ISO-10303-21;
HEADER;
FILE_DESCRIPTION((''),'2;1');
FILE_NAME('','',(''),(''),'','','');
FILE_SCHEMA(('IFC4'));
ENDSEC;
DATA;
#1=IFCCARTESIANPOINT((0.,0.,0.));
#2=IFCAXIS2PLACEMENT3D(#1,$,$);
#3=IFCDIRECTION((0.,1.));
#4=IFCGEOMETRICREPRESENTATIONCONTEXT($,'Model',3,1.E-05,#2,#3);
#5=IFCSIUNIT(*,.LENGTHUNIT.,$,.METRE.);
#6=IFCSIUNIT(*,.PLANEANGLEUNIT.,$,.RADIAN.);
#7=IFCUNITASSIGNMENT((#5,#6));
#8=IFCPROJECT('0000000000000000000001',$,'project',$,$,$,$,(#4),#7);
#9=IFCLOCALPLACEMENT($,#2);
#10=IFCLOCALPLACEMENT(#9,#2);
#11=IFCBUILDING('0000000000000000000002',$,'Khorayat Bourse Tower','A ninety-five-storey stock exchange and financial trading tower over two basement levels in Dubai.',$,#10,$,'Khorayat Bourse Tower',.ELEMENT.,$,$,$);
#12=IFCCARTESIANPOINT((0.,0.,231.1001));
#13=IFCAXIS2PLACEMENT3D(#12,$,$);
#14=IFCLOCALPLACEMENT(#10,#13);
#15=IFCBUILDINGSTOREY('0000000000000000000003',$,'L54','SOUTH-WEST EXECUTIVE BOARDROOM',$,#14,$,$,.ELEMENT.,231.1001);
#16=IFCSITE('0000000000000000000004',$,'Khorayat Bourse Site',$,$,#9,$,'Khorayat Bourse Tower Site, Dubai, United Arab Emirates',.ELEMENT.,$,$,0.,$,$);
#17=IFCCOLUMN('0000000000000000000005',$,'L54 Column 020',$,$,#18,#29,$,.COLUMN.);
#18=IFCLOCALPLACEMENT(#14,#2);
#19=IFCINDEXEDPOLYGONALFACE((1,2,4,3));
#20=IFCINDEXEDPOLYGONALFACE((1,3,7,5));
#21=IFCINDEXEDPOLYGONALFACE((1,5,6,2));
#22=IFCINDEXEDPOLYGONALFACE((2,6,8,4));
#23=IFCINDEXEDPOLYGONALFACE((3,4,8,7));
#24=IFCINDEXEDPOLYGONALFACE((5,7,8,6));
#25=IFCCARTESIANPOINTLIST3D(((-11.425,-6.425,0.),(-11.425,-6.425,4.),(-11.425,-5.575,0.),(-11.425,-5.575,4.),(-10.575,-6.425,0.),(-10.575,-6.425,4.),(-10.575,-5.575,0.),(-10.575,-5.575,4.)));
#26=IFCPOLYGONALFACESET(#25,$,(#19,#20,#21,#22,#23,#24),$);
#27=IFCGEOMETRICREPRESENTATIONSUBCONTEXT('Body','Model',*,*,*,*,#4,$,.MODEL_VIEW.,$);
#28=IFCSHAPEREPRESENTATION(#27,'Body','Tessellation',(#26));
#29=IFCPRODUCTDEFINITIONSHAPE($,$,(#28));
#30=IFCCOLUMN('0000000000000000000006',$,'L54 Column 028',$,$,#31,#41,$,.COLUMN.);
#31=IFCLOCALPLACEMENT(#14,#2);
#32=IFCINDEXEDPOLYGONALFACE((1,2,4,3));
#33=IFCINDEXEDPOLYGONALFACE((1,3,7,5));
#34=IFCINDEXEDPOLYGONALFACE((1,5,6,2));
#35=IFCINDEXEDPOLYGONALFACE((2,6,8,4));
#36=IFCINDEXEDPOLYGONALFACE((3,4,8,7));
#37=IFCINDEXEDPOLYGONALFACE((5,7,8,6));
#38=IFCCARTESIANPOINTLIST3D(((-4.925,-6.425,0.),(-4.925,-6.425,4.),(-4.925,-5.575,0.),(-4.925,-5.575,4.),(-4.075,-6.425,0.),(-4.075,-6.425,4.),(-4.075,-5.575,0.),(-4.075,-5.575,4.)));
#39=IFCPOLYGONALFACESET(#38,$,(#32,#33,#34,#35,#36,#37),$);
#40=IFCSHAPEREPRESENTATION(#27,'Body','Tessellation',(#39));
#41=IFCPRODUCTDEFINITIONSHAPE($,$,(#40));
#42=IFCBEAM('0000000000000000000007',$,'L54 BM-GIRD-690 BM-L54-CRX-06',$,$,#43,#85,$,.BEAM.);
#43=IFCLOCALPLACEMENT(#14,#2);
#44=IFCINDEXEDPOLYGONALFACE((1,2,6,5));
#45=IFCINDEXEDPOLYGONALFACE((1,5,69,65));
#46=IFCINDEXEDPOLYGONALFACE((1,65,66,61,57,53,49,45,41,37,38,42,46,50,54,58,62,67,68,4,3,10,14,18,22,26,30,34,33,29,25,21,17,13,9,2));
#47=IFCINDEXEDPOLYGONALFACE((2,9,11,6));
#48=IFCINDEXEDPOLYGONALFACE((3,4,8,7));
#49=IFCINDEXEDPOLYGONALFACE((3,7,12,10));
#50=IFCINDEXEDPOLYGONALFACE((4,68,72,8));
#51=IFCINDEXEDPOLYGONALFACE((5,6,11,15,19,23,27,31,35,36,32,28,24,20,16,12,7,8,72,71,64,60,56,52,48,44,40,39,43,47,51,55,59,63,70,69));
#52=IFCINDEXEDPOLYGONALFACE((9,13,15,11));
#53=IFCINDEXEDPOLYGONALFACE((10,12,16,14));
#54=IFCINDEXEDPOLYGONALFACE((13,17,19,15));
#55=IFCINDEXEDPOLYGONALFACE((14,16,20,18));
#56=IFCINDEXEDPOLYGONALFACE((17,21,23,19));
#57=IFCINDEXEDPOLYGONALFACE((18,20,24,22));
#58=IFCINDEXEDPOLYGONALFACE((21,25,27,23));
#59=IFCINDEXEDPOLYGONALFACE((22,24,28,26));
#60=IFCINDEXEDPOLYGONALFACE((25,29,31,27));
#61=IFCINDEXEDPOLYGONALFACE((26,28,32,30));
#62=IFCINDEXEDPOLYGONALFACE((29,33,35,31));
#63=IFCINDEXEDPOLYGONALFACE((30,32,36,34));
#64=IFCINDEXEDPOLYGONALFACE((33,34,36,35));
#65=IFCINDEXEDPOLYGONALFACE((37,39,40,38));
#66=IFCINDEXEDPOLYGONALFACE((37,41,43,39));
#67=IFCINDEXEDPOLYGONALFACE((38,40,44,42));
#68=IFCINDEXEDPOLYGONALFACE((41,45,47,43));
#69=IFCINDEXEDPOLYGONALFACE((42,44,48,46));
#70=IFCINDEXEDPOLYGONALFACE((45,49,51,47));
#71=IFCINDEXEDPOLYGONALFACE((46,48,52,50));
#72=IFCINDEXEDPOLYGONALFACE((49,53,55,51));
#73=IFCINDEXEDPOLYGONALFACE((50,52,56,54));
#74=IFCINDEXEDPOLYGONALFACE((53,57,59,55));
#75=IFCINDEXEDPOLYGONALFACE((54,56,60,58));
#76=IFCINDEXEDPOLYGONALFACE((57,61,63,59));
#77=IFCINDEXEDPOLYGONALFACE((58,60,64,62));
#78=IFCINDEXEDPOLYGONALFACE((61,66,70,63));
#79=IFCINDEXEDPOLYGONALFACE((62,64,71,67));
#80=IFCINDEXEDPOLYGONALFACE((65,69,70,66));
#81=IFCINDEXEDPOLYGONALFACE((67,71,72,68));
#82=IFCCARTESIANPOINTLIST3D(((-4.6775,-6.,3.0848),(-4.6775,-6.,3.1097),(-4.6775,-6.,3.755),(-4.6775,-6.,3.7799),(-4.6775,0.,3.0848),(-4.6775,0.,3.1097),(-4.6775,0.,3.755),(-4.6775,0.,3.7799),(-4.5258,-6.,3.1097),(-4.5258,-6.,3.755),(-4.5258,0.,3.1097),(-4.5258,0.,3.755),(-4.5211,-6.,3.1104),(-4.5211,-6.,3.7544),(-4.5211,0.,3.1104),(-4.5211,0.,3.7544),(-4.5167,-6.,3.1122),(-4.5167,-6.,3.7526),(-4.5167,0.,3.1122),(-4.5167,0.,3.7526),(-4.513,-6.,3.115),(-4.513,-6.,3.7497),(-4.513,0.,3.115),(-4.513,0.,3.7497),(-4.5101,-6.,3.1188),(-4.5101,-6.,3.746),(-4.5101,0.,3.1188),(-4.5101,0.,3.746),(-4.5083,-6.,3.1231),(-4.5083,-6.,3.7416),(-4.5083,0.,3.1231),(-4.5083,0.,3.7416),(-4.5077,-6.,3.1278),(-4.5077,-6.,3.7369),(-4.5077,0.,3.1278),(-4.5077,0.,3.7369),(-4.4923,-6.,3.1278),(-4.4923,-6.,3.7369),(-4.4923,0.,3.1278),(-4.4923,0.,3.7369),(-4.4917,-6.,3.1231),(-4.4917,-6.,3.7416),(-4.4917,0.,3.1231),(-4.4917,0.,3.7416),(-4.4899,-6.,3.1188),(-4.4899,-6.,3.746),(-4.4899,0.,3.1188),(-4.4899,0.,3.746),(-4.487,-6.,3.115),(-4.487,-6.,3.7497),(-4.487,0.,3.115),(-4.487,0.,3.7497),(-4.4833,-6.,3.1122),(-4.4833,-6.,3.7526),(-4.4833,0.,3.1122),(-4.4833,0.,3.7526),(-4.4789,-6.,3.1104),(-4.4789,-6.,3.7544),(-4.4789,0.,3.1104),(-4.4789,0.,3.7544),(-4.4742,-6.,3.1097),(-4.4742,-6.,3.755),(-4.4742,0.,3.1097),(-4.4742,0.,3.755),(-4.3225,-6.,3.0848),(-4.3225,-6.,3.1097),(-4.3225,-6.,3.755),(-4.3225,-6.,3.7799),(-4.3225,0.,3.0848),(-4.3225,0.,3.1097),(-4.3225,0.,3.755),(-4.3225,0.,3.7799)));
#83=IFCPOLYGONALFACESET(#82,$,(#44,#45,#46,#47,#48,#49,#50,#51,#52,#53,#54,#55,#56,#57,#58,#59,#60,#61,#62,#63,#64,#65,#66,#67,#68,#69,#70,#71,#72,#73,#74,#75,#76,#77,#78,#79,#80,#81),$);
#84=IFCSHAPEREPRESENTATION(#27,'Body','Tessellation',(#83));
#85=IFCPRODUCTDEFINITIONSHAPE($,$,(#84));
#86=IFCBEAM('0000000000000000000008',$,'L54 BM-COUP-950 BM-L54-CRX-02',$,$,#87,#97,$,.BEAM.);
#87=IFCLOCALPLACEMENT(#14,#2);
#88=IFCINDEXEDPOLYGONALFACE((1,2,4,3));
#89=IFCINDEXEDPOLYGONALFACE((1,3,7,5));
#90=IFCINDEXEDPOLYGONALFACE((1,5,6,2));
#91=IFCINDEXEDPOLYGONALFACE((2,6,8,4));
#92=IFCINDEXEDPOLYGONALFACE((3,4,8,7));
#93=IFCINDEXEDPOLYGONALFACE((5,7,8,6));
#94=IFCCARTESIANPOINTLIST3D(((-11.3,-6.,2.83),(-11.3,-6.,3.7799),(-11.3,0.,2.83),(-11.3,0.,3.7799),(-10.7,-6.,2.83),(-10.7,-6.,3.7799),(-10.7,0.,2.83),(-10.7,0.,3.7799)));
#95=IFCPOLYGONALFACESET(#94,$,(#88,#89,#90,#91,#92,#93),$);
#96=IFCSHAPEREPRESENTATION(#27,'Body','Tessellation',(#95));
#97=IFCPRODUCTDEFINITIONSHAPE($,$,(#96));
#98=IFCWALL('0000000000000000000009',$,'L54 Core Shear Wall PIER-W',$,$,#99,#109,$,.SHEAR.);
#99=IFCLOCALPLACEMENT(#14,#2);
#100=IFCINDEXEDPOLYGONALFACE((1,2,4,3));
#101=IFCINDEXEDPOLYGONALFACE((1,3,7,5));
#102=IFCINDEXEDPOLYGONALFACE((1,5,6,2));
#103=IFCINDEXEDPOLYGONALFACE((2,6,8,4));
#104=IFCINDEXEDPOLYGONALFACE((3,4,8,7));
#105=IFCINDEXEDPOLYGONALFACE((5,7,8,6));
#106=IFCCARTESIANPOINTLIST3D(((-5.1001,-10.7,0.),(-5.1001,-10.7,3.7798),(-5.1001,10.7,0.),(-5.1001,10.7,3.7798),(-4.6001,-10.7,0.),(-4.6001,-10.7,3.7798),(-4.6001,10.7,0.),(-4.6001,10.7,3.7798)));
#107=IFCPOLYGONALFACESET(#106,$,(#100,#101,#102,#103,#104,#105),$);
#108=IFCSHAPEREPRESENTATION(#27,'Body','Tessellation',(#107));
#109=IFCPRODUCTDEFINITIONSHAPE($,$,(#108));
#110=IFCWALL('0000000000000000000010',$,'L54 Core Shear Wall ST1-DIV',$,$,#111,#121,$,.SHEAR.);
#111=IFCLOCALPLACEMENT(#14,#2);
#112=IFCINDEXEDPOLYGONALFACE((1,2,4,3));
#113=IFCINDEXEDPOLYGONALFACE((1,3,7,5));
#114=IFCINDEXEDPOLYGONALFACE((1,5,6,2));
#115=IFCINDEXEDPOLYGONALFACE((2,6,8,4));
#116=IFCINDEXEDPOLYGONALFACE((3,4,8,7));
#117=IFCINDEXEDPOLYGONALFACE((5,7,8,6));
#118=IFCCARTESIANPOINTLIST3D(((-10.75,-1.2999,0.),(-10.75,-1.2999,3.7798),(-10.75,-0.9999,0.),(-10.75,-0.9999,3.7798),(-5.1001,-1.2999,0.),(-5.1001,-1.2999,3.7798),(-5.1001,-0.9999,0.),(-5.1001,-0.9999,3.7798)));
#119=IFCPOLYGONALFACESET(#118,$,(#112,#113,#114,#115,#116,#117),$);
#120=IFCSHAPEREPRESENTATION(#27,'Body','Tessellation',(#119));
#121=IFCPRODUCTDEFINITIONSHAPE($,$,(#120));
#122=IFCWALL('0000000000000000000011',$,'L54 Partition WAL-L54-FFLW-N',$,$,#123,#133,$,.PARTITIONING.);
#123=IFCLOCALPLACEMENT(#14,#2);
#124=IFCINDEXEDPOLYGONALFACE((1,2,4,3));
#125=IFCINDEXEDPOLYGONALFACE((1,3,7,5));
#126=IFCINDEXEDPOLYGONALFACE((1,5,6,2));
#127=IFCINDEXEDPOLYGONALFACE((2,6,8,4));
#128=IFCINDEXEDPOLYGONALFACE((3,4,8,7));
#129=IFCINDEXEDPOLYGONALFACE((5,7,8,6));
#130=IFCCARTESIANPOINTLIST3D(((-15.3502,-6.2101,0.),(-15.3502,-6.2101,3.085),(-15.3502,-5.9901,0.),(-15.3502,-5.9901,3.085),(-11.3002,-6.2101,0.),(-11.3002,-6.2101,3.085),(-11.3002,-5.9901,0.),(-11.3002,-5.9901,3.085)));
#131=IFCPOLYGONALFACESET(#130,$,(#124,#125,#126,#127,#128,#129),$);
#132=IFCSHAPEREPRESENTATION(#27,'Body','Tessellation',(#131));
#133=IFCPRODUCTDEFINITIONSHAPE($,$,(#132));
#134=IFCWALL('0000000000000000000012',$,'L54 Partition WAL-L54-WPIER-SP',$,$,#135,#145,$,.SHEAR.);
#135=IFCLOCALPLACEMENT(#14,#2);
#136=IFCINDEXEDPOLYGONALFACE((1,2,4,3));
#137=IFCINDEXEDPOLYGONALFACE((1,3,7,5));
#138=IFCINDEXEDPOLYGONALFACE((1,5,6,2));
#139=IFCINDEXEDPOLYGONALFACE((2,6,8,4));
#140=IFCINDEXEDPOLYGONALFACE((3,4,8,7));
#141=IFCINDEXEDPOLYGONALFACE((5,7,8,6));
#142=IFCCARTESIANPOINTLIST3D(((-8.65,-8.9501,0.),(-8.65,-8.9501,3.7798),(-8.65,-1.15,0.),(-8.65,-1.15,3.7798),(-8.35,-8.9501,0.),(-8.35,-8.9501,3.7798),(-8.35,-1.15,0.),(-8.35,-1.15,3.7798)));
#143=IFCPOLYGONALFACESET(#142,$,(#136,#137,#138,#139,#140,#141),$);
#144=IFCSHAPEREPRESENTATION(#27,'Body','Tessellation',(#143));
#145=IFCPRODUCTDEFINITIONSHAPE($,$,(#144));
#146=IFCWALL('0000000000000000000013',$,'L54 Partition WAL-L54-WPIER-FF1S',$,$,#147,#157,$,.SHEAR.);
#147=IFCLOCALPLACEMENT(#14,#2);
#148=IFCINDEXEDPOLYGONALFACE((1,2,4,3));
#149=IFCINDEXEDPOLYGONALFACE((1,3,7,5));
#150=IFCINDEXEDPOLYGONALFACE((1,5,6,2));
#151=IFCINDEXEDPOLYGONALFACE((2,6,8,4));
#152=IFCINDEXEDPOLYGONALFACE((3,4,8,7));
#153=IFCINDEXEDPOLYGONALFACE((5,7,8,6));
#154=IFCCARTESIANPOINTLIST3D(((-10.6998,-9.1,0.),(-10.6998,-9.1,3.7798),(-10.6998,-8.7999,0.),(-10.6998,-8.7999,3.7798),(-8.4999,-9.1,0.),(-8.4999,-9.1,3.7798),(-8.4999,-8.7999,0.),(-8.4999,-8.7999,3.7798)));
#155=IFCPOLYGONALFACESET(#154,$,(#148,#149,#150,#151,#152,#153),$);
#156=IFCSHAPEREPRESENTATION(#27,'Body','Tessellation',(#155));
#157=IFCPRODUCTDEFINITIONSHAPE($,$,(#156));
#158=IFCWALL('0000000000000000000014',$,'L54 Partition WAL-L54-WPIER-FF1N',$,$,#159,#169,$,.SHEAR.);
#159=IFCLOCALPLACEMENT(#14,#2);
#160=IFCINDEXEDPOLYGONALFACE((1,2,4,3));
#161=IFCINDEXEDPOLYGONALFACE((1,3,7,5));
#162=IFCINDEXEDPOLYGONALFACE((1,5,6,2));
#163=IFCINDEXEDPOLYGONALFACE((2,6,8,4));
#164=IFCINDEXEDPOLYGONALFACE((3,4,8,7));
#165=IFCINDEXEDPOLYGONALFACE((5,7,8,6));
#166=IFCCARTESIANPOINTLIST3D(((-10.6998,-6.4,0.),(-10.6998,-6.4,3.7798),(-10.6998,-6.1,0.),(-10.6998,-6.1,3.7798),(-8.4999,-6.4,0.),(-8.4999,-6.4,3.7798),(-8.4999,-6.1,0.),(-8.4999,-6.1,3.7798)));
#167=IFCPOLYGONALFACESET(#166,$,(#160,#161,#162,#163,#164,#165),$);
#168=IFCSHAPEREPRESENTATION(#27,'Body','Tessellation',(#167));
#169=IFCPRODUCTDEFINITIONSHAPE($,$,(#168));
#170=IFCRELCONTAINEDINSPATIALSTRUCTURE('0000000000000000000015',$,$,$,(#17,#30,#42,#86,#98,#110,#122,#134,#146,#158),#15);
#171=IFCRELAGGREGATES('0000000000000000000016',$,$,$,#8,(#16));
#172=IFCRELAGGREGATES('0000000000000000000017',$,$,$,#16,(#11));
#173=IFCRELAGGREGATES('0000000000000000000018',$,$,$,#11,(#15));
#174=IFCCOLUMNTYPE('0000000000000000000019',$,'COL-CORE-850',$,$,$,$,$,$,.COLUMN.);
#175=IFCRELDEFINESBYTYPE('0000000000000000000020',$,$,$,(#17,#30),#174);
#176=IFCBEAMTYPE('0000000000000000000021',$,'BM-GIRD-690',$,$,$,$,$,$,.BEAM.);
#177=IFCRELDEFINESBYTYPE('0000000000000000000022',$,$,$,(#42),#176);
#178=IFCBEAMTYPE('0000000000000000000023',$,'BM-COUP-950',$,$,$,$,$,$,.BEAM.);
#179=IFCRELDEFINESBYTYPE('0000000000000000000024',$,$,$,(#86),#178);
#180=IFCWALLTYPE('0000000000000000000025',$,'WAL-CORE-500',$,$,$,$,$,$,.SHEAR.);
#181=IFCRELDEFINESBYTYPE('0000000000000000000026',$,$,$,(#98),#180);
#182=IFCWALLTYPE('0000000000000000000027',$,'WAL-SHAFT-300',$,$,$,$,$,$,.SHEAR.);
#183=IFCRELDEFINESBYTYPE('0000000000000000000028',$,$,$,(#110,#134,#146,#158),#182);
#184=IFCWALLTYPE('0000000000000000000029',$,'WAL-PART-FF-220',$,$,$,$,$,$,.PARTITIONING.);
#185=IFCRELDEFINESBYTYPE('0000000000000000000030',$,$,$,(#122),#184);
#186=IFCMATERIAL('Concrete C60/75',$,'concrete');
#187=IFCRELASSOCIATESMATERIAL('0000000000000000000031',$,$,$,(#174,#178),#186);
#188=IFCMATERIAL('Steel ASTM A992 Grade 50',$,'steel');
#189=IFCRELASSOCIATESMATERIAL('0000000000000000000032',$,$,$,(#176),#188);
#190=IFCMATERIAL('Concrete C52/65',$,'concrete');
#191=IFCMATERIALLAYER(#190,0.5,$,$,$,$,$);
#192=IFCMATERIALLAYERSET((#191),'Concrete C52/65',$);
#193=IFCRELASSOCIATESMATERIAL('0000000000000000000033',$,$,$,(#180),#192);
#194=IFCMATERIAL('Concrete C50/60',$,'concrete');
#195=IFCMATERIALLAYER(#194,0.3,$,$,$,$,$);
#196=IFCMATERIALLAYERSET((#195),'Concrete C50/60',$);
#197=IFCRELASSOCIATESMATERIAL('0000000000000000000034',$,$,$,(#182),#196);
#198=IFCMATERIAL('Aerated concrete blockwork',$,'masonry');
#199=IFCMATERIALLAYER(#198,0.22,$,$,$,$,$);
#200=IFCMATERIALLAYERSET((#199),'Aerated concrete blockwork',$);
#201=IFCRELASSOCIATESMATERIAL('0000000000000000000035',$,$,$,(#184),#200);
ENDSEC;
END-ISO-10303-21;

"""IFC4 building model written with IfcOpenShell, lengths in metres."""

from ifc_helpers import new_model, si_unit, direction, frame, frame_2d, origin, origin_2d, place, context, subcontext, project, spatial, rectangle, i_section, extrude, source, transform, mapped, material, layer, layer_set, material_profile, profile_set, type_object, element, save


model = new_model("IFC4")

# Units and contexts
model_context = context("Model", 3, precision=1e-05, world=origin(), true_north=direction((0.0, 1.0)))
body_context = subcontext(model_context, "Body", "Model", "MODEL_VIEW")
ifc_project = project(units=[si_unit("LENGTHUNIT", "METRE"), si_unit("PLANEANGLEUNIT", "RADIAN")], contexts=[model_context])

# Site, building, storey
site_placement = place(None, origin())
site = spatial("IfcSite", under=ifc_project, at=site_placement, Name="Khorayat Bourse Site", LongName="Khorayat Bourse Tower Site, Dubai, United Arab Emirates", CompositionType="ELEMENT", RefElevation=0.0)
building_placement = place(site_placement, origin())
building = spatial("IfcBuilding", under=site, at=building_placement, Name="Khorayat Bourse Tower", Description="A ninety-five-storey stock exchange and financial trading tower over two basement levels in Dubai.", LongName="Khorayat Bourse Tower", CompositionType="ELEMENT")
storey_placement = place(building_placement, frame((0.0, 0.0, 231.1001)))
storey = spatial("IfcBuildingStorey", under=building, at=storey_placement, Name="L54", Description="SOUTH-WEST EXECUTIVE BOARDROOM", CompositionType="ELEMENT", Elevation=231.1001)

# Columns
ifc_material_1 = material(Name="Concrete C60/75", Category="concrete")
ifc_material_profile_1 = material_profile(ifc_material_1, rectangle(XDim=0.8501, YDim=0.8501, at=origin_2d()), Name="RC 850x850")
ifc_profile_set_1 = profile_set([ifc_material_profile_1], Name="Concrete C60/75")
column_type = type_object("IfcColumnType", Name="COL-CORE-850", PredefinedType="COLUMN", material=ifc_profile_set_1)
shared_shape_1 = source(origin(), body_context, "Body", "SweptSolid", [
    extrude(rectangle(XDim=0.8501, YDim=0.8501, at=origin_2d()), origin(), (0.0, 0.0, 1.0), 4.0),
])
for number, where, z_axis, x_axis, name in (
    (1, (-11.0, -6.0, 0.0), (0.0, 0.0, 1.0), (1.0, 0.0, 0.0), "L54 Column 020"),
    (2, (-4.5, -6.0, 0.0), (0.0, 0.0, 1.0), (1.0, 0.0, 0.0), "L54 Column 028"),
):
    element("IfcColumn", number, at=place(storey_placement, frame(where, z_axis=z_axis, x_axis=x_axis)), inside=storey, type_object=column_type, Name=name, PredefinedType="COLUMN", context=body_context, shape_type="MappedRepresentation", body=[
        mapped(shared_shape_1, transform((0.0, 0.0, 0.0), scale=1.0)),
    ])

# Beams
ifc_material_2 = material(Name="Steel ASTM A992 Grade 50", Category="steel")
ifc_material_profile_2 = material_profile(ifc_material_2, i_section(OverallWidth=0.355, OverallDepth=0.6951, WebThickness=0.0154, FlangeThickness=0.0249, FilletRadius=0.0181, at=origin_2d()), Name="W690X217")
ifc_profile_set_2 = profile_set([ifc_material_profile_2], Name="Steel ASTM A992 Grade 50")
beam_type_1 = type_object("IfcBeamType", Name="BM-GIRD-690", PredefinedType="BEAM", material=ifc_profile_set_2)
shared_shape_2 = source(origin(), body_context, "Body", "SweptSolid", [
    extrude(i_section(OverallWidth=0.355, OverallDepth=0.6951, WebThickness=0.0154, FlangeThickness=0.0249, FilletRadius=0.0181, at=origin_2d()), origin(), (0.0, 0.0, 1.0), 6.0),
])
beam_1_placement = place(storey_placement, frame((-4.5, -6.0, 3.4324), z_axis=(0.0, 1.0, 0.0), x_axis=(-1.0, 0.0, 0.0)))
element("IfcBeam", 3, at=beam_1_placement, inside=storey, type_object=beam_type_1, Name="L54 BM-GIRD-690 BM-L54-CRX-06", PredefinedType="BEAM", context=body_context, shape_type="MappedRepresentation", body=[
    mapped(shared_shape_2, transform((0.0, 0.0, 0.0), scale=1.0)),
])
ifc_material_profile_3 = material_profile(ifc_material_1, rectangle(XDim=0.6001, YDim=0.95, at=origin_2d()), Name="RC 600x950")
ifc_profile_set_3 = profile_set([ifc_material_profile_3], Name="Concrete C60/75")
beam_type_2 = type_object("IfcBeamType", Name="BM-COUP-950", PredefinedType="BEAM", material=ifc_profile_set_3)
shared_shape_3 = source(origin(), body_context, "Body", "SweptSolid", [
    extrude(rectangle(XDim=0.6001, YDim=0.95, at=origin_2d()), origin(), (0.0, 0.0, 1.0), 6.0),
])
beam_2_placement = place(storey_placement, frame((-11.0, -6.0, 3.3049), z_axis=(0.0, 1.0, 0.0), x_axis=(-1.0, 0.0, 0.0)))
element("IfcBeam", 4, at=beam_2_placement, inside=storey, type_object=beam_type_2, Name="L54 BM-COUP-950 BM-L54-CRX-02", PredefinedType="BEAM", context=body_context, shape_type="MappedRepresentation", body=[
    mapped(shared_shape_3, transform((0.0, 0.0, 0.0), scale=1.0)),
])

# Walls
ifc_material_3 = material(Name="Concrete C52/65", Category="concrete")
ifc_layer_1 = layer(ifc_material_3, 0.5)
ifc_layer_set_1 = layer_set([ifc_layer_1], Name="Concrete C52/65")
wall_type_1 = type_object("IfcWallType", Name="WAL-CORE-500", PredefinedType="SHEAR", material=ifc_layer_set_1)
shared_shape_4 = source(origin(), body_context, "Body", "SweptSolid", [
    extrude(rectangle(XDim=21.3999, YDim=0.5, at=frame_2d((10.7, 0.0))), origin(), (0.0, 0.0, 1.0), 3.7798),
])
wall_1_placement = place(storey_placement, frame((-4.8501, -10.7, 0.0), z_axis=(0.0, 0.0, 1.0), x_axis=(0.0, 1.0, 0.0)))
element("IfcWall", 5, at=wall_1_placement, inside=storey, type_object=wall_type_1, Name="L54 Core Shear Wall PIER-W", PredefinedType="SHEAR", context=body_context, shape_type="MappedRepresentation", body=[
    mapped(shared_shape_4, transform((0.0, 0.0, 0.0), scale=1.0)),
])
ifc_material_4 = material(Name="Concrete C50/60", Category="concrete")
ifc_layer_2 = layer(ifc_material_4, 0.3)
ifc_layer_set_2 = layer_set([ifc_layer_2], Name="Concrete C50/60")
wall_type_2 = type_object("IfcWallType", Name="WAL-SHAFT-300", PredefinedType="SHEAR", material=ifc_layer_set_2)
shared_shape_5 = source(origin(), body_context, "Body", "SweptSolid", [
    extrude(rectangle(XDim=5.6499, YDim=0.3, at=frame_2d((2.825, 0.0))), origin(), (0.0, 0.0, 1.0), 3.7798),
])
wall_2_placement = place(storey_placement, frame((-10.75, -1.1499, 0.0), z_axis=(0.0, 0.0, 1.0), x_axis=(1.0, 0.0, 0.0)))
element("IfcWall", 6, at=wall_2_placement, inside=storey, type_object=wall_type_2, Name="L54 Core Shear Wall ST1-DIV", PredefinedType="SHEAR", context=body_context, shape_type="MappedRepresentation", body=[
    mapped(shared_shape_5, transform((0.0, 0.0, 0.0), scale=1.0)),
])
ifc_material_5 = material(Name="Aerated concrete blockwork", Category="masonry")
ifc_layer_3 = layer(ifc_material_5, 0.22)
ifc_layer_set_3 = layer_set([ifc_layer_3], Name="Aerated concrete blockwork")
wall_type_3 = type_object("IfcWallType", Name="WAL-PART-FF-220", PredefinedType="PARTITIONING", material=ifc_layer_set_3)
shared_shape_6 = source(origin(), body_context, "Body", "SweptSolid", [
    extrude(rectangle(XDim=4.05, YDim=0.22, at=frame_2d((2.0249, 0.0))), origin(), (0.0, 0.0, 1.0), 3.085),
])
wall_3_placement = place(storey_placement, frame((-15.3501, -6.1001, 0.0), z_axis=(0.0, 0.0, 1.0), x_axis=(1.0, 0.0, 0.0)))
element("IfcWall", 7, at=wall_3_placement, inside=storey, type_object=wall_type_3, Name="L54 Partition WAL-L54-FFLW-N", PredefinedType="PARTITIONING", context=body_context, shape_type="MappedRepresentation", body=[
    mapped(shared_shape_6, transform((0.0, 0.0, 0.0), scale=1.0)),
])
shared_shape_7 = source(origin(), body_context, "Body", "SweptSolid", [
    extrude(rectangle(XDim=7.8, YDim=0.3, at=frame_2d((3.8999, 0.0))), origin(), (0.0, 0.0, 1.0), 3.7798),
])
wall_4_placement = place(storey_placement, frame((-8.5, -8.95, 0.0), z_axis=(0.0, 0.0, 1.0), x_axis=(0.0, 1.0, 0.0)))
element("IfcWall", 8, at=wall_4_placement, inside=storey, type_object=wall_type_2, Name="L54 Partition WAL-L54-WPIER-SP", PredefinedType="SHEAR", context=body_context, shape_type="MappedRepresentation", body=[
    mapped(shared_shape_7, transform((0.0, 0.0, 0.0), scale=1.0)),
])
shared_shape_8 = source(origin(), body_context, "Body", "SweptSolid", [
    extrude(rectangle(XDim=2.2, YDim=0.3, at=frame_2d((1.1001, 0.0))), origin(), (0.0, 0.0, 1.0), 3.7798),
])
for number, where, z_axis, x_axis, name in (
    (9, (-10.7, -8.95, 0.0), (0.0, 0.0, 1.0), (1.0, 0.0, 0.0), "L54 Partition WAL-L54-WPIER-FF1S"),
    (10, (-10.7, -6.25, 0.0), (0.0, 0.0, 1.0), (1.0, 0.0, 0.0), "L54 Partition WAL-L54-WPIER-FF1N"),
):
    element("IfcWall", number, at=place(storey_placement, frame(where, z_axis=z_axis, x_axis=x_axis)), inside=storey, type_object=wall_type_2, Name=name, PredefinedType="SHEAR", context=body_context, shape_type="MappedRepresentation", body=[
        mapped(shared_shape_8, transform((0.0, 0.0, 0.0), scale=1.0)),
    ])

save(model, "model.ifc")
